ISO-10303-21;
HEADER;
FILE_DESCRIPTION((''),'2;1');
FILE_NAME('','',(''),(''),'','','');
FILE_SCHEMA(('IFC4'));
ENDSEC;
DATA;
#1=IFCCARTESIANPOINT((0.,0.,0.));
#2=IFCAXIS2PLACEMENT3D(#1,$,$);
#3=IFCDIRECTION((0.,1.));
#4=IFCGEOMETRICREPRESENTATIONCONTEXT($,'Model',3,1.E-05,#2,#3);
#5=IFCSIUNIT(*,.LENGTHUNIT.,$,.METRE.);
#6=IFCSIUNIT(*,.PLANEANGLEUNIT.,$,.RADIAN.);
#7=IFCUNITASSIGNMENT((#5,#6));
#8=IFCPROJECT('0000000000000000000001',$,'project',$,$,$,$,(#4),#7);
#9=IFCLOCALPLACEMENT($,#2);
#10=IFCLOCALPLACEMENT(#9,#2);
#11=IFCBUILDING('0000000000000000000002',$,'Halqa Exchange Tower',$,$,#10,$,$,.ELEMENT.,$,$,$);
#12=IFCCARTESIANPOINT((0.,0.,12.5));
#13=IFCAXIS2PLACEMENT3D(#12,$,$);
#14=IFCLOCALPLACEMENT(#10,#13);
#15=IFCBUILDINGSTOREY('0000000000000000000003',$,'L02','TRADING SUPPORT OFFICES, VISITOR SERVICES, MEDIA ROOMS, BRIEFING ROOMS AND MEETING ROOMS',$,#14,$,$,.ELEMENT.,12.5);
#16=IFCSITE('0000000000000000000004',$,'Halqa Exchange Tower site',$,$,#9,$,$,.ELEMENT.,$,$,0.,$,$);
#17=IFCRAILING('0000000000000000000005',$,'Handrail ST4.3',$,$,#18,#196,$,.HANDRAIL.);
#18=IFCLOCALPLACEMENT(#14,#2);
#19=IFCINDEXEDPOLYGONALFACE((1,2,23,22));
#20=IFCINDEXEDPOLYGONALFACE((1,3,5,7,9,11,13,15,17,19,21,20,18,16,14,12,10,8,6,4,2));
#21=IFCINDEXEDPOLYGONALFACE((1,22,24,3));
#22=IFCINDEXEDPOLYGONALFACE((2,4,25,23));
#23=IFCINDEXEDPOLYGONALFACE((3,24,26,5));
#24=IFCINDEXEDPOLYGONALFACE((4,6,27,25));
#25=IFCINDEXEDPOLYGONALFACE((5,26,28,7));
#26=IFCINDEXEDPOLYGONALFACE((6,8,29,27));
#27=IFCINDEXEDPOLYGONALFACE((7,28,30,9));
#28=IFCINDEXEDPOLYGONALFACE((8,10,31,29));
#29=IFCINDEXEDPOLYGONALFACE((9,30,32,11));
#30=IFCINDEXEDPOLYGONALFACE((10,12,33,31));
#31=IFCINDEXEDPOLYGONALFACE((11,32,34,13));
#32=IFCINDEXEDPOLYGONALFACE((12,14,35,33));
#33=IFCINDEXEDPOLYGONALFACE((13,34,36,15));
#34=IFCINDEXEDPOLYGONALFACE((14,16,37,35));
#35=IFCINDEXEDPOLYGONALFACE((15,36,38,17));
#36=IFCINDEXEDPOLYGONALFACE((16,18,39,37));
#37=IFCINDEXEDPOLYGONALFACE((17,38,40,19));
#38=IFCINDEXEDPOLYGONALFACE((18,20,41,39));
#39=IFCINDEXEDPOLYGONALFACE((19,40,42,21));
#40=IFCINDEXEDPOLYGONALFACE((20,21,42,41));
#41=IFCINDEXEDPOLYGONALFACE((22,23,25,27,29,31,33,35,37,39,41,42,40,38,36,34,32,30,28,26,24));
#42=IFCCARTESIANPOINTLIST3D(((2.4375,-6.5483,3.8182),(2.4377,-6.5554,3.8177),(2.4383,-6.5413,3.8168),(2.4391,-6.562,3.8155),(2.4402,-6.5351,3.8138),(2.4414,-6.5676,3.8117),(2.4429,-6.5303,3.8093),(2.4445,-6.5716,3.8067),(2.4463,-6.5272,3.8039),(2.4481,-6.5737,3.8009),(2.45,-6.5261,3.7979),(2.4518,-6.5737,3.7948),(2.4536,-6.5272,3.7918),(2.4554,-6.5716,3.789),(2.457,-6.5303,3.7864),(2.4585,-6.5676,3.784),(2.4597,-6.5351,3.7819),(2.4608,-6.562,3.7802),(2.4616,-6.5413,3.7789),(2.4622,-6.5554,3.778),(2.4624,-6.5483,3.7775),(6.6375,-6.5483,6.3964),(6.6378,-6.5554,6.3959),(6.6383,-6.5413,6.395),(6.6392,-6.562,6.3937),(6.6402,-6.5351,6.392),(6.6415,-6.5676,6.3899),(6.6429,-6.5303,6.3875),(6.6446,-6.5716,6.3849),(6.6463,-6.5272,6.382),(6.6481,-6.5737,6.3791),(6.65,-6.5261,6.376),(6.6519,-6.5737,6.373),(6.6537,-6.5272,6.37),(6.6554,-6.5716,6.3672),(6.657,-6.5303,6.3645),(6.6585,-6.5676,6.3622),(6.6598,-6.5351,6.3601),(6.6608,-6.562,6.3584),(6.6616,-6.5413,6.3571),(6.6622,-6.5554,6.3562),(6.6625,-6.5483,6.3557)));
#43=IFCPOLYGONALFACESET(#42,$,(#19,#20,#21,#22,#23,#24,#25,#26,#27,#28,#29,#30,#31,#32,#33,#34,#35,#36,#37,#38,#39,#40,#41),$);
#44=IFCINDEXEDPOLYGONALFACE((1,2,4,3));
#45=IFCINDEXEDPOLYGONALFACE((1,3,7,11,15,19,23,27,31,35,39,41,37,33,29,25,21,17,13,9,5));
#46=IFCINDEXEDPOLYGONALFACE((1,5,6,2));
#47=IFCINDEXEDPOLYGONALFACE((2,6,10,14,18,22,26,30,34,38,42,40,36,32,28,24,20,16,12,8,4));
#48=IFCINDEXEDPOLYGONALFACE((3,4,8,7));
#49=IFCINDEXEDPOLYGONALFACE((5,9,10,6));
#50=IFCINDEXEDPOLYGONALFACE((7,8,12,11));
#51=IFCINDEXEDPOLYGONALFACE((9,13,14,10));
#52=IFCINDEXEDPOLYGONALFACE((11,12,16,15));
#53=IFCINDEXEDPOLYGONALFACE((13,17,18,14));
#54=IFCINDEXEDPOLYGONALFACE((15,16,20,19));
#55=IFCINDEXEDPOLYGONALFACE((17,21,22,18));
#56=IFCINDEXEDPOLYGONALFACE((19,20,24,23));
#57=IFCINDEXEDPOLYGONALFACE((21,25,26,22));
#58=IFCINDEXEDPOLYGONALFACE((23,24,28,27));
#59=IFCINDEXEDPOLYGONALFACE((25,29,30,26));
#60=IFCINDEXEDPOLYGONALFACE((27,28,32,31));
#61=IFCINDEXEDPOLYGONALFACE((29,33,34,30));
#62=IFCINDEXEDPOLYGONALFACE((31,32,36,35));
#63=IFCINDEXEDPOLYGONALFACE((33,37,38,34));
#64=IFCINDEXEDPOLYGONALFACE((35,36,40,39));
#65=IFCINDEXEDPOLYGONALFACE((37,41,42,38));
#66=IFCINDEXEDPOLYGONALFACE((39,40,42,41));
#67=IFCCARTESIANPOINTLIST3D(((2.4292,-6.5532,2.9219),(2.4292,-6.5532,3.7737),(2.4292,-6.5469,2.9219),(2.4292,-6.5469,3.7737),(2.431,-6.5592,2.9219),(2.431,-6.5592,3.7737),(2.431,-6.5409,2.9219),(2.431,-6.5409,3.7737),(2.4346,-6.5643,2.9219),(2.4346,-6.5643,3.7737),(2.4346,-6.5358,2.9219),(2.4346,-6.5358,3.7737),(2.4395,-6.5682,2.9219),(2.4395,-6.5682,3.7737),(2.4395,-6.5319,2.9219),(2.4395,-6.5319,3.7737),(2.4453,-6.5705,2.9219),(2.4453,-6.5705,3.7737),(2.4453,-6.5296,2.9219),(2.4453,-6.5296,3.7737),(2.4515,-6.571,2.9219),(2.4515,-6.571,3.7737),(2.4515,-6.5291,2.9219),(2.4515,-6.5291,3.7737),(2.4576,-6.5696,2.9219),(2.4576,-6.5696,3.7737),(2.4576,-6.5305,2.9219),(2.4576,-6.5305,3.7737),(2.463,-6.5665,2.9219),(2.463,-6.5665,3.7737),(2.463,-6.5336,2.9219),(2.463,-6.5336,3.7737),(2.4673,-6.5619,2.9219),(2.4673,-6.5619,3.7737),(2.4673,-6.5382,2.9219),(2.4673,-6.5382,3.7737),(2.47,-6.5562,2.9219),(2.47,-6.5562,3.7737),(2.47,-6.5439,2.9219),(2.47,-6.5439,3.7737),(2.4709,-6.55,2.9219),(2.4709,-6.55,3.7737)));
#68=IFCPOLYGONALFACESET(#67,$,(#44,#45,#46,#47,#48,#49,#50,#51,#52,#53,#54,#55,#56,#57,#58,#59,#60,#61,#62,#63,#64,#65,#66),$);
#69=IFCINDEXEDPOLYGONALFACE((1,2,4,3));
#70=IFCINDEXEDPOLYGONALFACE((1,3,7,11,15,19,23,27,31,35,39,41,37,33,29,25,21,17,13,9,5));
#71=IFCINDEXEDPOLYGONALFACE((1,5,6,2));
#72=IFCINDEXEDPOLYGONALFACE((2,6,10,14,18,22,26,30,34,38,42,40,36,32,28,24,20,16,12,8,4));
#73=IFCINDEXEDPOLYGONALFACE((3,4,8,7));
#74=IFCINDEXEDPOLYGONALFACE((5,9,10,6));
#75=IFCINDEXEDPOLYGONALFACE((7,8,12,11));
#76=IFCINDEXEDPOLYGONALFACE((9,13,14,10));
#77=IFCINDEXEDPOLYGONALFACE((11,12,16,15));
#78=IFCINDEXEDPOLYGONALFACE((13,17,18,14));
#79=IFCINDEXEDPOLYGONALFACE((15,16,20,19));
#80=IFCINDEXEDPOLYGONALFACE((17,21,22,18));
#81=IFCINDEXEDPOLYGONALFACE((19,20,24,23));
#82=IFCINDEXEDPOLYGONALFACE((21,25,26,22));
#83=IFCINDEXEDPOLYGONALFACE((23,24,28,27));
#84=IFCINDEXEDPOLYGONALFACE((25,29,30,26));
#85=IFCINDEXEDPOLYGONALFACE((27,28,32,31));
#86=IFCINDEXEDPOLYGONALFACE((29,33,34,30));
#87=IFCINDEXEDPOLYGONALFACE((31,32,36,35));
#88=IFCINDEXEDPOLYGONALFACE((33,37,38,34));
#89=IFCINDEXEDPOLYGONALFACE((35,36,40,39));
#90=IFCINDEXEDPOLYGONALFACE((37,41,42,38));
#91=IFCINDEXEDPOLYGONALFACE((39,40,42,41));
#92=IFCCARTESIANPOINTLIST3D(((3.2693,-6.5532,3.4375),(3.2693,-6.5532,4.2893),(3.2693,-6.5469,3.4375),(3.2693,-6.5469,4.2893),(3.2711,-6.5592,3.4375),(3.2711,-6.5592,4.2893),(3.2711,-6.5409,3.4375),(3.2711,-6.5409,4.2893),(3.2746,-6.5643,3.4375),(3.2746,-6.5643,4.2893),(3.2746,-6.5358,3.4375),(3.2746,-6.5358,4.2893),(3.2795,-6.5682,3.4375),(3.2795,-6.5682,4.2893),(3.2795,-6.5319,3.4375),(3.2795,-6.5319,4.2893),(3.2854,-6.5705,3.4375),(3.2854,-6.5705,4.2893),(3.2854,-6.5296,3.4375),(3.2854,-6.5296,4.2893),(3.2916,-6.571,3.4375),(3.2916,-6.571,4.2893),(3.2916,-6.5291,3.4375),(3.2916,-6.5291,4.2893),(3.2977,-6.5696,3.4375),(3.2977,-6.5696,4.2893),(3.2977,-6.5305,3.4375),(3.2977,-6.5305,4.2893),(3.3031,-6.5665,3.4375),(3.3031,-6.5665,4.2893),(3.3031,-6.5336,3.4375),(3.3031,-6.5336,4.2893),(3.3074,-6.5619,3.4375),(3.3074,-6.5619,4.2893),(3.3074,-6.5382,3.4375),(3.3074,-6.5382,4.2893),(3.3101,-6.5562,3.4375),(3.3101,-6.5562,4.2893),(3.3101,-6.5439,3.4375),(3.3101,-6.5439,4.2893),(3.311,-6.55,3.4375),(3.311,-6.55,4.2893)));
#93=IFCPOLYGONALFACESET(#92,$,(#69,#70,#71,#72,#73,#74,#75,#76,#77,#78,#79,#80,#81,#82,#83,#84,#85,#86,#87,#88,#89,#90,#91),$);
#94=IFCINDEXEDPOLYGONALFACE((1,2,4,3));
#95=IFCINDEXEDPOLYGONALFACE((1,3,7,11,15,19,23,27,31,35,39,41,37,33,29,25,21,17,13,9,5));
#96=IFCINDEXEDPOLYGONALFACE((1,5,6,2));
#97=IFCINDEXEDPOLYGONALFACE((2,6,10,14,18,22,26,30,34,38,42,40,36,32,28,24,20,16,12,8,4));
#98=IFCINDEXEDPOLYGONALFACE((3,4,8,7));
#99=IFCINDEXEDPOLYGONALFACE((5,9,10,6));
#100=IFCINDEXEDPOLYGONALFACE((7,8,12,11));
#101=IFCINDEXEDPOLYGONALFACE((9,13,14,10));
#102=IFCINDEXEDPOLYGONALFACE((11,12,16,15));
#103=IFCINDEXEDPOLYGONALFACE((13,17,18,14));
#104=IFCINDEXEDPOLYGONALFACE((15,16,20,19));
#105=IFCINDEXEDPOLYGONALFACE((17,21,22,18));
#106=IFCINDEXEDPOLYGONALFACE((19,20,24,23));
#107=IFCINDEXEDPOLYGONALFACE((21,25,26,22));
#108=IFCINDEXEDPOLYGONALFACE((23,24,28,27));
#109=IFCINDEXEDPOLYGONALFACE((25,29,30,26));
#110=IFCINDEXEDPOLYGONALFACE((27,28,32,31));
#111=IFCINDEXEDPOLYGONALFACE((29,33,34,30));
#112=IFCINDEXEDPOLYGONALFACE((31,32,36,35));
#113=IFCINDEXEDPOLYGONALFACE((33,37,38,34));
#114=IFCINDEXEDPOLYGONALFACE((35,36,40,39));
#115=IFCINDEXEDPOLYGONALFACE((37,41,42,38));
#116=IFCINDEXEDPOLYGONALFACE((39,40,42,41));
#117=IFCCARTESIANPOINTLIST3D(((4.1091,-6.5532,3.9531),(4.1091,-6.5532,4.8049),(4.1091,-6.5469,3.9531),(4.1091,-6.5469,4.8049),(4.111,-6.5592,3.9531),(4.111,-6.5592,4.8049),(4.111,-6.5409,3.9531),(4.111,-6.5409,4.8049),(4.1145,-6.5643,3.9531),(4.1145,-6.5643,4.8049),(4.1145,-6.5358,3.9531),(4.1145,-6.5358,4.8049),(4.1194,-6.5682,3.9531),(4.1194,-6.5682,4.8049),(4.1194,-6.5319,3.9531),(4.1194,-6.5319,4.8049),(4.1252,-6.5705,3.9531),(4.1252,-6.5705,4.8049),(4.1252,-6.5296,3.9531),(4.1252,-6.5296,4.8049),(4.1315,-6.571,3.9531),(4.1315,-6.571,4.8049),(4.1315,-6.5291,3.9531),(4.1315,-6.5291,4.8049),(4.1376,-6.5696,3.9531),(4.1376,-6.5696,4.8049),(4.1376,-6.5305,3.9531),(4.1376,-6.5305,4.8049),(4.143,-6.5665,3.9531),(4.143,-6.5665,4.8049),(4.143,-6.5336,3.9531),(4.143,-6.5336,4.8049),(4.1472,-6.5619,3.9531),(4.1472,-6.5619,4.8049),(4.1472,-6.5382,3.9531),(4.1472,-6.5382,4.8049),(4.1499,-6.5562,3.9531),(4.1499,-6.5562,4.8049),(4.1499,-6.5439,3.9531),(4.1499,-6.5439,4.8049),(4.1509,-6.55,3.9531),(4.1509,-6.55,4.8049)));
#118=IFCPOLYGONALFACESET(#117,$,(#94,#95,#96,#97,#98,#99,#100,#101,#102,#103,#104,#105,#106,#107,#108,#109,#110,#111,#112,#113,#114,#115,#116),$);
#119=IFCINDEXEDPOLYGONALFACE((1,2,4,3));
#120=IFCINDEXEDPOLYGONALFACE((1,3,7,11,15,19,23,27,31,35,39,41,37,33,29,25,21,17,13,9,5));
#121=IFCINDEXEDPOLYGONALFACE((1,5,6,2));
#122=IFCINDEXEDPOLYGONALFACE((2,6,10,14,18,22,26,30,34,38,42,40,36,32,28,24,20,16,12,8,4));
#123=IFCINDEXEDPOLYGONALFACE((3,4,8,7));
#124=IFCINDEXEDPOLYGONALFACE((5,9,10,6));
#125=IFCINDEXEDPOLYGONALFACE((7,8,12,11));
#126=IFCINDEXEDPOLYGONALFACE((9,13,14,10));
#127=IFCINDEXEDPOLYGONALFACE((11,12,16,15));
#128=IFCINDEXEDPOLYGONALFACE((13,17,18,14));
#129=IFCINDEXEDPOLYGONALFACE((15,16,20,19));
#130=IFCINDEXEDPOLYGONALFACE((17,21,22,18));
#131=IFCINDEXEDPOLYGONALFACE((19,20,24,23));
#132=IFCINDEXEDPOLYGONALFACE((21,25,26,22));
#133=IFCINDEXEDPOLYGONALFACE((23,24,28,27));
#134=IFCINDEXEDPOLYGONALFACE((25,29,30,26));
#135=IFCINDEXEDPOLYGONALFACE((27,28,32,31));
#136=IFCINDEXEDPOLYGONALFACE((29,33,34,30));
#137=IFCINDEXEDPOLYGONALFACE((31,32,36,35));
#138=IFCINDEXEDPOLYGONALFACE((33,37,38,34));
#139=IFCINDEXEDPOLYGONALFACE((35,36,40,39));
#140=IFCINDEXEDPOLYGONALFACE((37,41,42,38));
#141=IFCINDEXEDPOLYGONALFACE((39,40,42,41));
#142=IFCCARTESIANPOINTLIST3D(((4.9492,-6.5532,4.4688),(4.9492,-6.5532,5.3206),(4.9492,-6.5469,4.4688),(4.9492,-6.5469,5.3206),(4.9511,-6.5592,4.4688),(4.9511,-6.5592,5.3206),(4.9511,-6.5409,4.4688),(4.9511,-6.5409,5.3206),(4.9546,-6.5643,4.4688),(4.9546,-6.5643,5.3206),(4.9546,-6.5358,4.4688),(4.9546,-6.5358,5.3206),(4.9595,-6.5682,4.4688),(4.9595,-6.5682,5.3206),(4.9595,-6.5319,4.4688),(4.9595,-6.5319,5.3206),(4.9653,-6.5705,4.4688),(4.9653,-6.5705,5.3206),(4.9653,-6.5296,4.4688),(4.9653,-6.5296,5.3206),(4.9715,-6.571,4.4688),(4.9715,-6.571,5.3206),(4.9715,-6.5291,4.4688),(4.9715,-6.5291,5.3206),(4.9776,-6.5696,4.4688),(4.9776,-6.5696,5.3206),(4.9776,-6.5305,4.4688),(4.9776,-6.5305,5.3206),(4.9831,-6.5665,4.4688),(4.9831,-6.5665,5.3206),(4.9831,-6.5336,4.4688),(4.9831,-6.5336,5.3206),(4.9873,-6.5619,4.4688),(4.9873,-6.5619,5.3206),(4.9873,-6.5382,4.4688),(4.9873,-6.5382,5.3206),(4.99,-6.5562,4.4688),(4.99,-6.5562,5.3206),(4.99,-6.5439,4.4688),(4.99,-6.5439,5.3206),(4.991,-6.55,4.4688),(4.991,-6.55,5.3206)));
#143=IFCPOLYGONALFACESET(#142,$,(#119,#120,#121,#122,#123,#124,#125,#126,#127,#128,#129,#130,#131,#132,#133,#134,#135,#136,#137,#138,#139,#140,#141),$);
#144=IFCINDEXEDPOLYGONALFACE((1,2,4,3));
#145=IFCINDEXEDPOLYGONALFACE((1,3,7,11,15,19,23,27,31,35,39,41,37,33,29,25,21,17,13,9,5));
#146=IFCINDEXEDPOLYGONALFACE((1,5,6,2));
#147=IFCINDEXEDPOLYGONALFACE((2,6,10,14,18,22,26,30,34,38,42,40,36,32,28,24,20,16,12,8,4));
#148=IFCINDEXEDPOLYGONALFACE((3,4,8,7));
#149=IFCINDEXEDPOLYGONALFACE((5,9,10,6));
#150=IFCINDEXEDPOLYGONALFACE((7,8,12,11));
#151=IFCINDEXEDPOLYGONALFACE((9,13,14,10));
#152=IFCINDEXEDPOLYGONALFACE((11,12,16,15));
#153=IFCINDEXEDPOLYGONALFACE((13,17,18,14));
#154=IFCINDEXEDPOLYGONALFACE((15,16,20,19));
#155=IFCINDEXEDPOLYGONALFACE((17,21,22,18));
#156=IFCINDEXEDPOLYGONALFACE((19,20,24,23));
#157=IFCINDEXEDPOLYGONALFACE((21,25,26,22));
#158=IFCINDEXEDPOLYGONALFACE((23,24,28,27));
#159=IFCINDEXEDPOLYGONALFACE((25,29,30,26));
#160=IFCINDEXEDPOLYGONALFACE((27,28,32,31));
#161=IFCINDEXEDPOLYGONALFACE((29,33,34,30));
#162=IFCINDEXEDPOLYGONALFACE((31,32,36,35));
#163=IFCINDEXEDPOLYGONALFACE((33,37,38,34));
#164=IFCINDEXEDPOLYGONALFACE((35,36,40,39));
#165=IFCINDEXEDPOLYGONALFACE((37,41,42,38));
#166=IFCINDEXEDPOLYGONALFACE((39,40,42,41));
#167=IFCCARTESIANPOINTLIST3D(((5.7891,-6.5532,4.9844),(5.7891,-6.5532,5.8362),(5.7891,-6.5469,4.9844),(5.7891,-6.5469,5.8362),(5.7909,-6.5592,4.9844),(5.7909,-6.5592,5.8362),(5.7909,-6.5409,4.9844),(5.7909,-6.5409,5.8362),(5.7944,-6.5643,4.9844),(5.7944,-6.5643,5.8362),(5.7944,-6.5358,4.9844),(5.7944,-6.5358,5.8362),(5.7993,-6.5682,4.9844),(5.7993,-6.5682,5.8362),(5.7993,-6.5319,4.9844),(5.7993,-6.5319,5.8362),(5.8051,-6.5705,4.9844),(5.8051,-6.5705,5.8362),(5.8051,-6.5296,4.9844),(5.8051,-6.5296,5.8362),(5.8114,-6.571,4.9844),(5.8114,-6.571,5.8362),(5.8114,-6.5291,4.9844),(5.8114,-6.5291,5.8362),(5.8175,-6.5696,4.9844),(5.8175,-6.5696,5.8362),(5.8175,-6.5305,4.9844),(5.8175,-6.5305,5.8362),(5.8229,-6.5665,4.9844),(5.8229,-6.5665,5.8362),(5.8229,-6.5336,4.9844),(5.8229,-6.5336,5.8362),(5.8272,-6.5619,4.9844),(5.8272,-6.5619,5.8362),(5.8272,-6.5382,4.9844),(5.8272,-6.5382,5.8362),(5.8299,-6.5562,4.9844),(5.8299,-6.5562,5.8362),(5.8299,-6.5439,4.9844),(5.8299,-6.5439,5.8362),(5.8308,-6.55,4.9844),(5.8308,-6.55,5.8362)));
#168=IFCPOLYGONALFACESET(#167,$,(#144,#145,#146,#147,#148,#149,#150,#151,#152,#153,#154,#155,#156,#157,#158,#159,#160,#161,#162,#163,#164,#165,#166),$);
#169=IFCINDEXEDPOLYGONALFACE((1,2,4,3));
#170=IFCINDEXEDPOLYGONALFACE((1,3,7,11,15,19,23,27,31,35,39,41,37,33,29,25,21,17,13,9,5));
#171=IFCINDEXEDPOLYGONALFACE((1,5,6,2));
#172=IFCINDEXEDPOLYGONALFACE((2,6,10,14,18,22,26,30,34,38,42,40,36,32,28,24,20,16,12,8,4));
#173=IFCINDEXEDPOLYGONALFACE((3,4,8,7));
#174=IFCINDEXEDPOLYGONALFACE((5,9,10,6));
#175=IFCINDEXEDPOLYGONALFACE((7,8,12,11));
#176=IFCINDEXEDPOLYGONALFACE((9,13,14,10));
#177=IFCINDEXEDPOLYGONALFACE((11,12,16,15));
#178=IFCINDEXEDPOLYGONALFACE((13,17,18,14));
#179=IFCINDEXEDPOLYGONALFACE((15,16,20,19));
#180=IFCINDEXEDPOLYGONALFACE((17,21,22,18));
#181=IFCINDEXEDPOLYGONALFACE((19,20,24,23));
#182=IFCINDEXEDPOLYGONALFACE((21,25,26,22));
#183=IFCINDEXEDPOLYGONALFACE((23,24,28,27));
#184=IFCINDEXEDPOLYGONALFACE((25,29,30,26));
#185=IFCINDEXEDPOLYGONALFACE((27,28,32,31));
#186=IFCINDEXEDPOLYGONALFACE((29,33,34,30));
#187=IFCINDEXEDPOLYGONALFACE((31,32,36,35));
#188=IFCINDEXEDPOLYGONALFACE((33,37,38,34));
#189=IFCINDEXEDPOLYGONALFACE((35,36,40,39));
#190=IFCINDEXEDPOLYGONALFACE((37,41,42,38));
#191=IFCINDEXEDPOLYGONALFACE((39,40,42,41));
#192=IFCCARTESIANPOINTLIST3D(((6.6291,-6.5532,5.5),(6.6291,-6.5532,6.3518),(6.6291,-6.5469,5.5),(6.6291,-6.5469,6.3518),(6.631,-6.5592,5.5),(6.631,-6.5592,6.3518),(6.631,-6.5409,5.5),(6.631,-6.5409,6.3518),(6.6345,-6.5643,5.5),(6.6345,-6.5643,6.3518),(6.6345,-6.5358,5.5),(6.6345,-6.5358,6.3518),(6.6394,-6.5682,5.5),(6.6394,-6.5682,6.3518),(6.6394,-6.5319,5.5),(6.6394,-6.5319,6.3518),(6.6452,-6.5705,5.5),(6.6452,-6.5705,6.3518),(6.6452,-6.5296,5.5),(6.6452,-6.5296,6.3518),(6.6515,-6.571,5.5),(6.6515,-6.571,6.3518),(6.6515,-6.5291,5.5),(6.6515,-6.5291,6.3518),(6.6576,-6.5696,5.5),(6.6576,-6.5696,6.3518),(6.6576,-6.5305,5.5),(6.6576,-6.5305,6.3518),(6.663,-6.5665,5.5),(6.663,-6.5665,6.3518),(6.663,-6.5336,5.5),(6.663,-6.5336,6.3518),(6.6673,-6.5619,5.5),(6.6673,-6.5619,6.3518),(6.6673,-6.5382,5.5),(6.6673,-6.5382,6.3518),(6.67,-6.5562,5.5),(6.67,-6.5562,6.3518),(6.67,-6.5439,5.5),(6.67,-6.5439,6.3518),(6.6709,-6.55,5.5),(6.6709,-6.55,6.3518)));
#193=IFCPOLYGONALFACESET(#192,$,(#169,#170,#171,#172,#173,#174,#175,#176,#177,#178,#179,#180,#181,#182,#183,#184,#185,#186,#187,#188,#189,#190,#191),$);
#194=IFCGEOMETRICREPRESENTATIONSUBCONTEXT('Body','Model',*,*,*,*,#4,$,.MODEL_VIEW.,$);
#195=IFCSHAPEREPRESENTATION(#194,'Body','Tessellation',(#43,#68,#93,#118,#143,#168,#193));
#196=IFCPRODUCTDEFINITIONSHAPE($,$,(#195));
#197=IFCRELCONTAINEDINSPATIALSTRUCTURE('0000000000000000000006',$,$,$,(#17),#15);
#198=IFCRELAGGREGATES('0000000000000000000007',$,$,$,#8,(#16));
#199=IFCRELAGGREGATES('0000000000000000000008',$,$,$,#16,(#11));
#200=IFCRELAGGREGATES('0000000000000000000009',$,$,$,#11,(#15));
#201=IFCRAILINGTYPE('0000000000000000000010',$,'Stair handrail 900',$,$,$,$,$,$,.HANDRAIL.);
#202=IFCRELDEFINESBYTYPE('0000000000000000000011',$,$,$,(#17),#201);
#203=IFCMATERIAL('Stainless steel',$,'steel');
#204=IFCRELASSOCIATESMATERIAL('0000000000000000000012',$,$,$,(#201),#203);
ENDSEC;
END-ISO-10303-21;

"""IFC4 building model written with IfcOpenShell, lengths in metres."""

from ifc_helpers import new_model, si_unit, direction, frame, origin, origin_2d, place, context, subcontext, project, spatial, circle, extrude, material, type_object, element, save


model = new_model("IFC4")

# Units and contexts
model_context = context("Model", 3, precision=1e-05, world=origin(), true_north=direction((0.0, 1.0)))
body_context = subcontext(model_context, "Body", "Model", "MODEL_VIEW")
ifc_project = project(units=[si_unit("LENGTHUNIT", "METRE"), si_unit("PLANEANGLEUNIT", "RADIAN")], contexts=[model_context])

# Site, building, storey
site_placement = place(None, origin())
site = spatial("IfcSite", under=ifc_project, at=site_placement, Name="Halqa Exchange Tower site", CompositionType="ELEMENT", RefElevation=0.0)
building_placement = place(site_placement, origin())
building = spatial("IfcBuilding", under=site, at=building_placement, Name="Halqa Exchange Tower", CompositionType="ELEMENT")
storey_placement = place(building_placement, frame((0.0, 0.0, 12.5)))
storey = spatial("IfcBuildingStorey", under=building, at=storey_placement, Name="L02", Description="TRADING SUPPORT OFFICES, VISITOR SERVICES, MEDIA ROOMS, BRIEFING ROOMS AND MEETING ROOMS", CompositionType="ELEMENT", Elevation=12.5)

# Railing
ifc_material_1 = material(Name="Stainless steel", Category="steel")
railing_type_1 = type_object("IfcRailingType", Name="Stair handrail 900", PredefinedType="HANDRAIL", material=ifc_material_1)
railing_1_placement = place(storey_placement, frame((2.45, -6.55, 2.9219)))
element("IfcRailing", 1, at=railing_1_placement, inside=storey, type_object=railing_type_1, Name="Handrail ST4.3", PredefinedType="HANDRAIL", context=body_context, shape_type="SweptSolid", body=[
    extrude(circle(Radius=0.0239, at=origin_2d()), frame((0.0, 0.0, 0.876), z_axis=(0.852243, 0.0, 0.523146), x_axis=(0.0, 1.0, 0.0)), (0.0, 0.0, 1.0), 4.9282),
    extrude(circle(Radius=0.021, at=origin_2d()), origin(), (0.0, 0.0, 1.0), 0.8518),
    extrude(circle(Radius=0.021, at=origin_2d()), frame((0.8401, 0.0, 0.5156)), (0.0, 0.0, 1.0), 0.8518),
    extrude(circle(Radius=0.021, at=origin_2d()), frame((1.6799, 0.0, 1.0312)), (0.0, 0.0, 1.0), 0.8518),
    extrude(circle(Radius=0.021, at=origin_2d()), frame((2.52, 0.0, 1.5469)), (0.0, 0.0, 1.0), 0.8518),
    extrude(circle(Radius=0.021, at=origin_2d()), frame((3.3599, 0.0, 2.0625)), (0.0, 0.0, 1.0), 0.8518),
    extrude(circle(Radius=0.021, at=origin_2d()), frame((4.2, 0.0, 2.5781)), (0.0, 0.0, 1.0), 0.8518),
])

save(model, "model.ifc")
